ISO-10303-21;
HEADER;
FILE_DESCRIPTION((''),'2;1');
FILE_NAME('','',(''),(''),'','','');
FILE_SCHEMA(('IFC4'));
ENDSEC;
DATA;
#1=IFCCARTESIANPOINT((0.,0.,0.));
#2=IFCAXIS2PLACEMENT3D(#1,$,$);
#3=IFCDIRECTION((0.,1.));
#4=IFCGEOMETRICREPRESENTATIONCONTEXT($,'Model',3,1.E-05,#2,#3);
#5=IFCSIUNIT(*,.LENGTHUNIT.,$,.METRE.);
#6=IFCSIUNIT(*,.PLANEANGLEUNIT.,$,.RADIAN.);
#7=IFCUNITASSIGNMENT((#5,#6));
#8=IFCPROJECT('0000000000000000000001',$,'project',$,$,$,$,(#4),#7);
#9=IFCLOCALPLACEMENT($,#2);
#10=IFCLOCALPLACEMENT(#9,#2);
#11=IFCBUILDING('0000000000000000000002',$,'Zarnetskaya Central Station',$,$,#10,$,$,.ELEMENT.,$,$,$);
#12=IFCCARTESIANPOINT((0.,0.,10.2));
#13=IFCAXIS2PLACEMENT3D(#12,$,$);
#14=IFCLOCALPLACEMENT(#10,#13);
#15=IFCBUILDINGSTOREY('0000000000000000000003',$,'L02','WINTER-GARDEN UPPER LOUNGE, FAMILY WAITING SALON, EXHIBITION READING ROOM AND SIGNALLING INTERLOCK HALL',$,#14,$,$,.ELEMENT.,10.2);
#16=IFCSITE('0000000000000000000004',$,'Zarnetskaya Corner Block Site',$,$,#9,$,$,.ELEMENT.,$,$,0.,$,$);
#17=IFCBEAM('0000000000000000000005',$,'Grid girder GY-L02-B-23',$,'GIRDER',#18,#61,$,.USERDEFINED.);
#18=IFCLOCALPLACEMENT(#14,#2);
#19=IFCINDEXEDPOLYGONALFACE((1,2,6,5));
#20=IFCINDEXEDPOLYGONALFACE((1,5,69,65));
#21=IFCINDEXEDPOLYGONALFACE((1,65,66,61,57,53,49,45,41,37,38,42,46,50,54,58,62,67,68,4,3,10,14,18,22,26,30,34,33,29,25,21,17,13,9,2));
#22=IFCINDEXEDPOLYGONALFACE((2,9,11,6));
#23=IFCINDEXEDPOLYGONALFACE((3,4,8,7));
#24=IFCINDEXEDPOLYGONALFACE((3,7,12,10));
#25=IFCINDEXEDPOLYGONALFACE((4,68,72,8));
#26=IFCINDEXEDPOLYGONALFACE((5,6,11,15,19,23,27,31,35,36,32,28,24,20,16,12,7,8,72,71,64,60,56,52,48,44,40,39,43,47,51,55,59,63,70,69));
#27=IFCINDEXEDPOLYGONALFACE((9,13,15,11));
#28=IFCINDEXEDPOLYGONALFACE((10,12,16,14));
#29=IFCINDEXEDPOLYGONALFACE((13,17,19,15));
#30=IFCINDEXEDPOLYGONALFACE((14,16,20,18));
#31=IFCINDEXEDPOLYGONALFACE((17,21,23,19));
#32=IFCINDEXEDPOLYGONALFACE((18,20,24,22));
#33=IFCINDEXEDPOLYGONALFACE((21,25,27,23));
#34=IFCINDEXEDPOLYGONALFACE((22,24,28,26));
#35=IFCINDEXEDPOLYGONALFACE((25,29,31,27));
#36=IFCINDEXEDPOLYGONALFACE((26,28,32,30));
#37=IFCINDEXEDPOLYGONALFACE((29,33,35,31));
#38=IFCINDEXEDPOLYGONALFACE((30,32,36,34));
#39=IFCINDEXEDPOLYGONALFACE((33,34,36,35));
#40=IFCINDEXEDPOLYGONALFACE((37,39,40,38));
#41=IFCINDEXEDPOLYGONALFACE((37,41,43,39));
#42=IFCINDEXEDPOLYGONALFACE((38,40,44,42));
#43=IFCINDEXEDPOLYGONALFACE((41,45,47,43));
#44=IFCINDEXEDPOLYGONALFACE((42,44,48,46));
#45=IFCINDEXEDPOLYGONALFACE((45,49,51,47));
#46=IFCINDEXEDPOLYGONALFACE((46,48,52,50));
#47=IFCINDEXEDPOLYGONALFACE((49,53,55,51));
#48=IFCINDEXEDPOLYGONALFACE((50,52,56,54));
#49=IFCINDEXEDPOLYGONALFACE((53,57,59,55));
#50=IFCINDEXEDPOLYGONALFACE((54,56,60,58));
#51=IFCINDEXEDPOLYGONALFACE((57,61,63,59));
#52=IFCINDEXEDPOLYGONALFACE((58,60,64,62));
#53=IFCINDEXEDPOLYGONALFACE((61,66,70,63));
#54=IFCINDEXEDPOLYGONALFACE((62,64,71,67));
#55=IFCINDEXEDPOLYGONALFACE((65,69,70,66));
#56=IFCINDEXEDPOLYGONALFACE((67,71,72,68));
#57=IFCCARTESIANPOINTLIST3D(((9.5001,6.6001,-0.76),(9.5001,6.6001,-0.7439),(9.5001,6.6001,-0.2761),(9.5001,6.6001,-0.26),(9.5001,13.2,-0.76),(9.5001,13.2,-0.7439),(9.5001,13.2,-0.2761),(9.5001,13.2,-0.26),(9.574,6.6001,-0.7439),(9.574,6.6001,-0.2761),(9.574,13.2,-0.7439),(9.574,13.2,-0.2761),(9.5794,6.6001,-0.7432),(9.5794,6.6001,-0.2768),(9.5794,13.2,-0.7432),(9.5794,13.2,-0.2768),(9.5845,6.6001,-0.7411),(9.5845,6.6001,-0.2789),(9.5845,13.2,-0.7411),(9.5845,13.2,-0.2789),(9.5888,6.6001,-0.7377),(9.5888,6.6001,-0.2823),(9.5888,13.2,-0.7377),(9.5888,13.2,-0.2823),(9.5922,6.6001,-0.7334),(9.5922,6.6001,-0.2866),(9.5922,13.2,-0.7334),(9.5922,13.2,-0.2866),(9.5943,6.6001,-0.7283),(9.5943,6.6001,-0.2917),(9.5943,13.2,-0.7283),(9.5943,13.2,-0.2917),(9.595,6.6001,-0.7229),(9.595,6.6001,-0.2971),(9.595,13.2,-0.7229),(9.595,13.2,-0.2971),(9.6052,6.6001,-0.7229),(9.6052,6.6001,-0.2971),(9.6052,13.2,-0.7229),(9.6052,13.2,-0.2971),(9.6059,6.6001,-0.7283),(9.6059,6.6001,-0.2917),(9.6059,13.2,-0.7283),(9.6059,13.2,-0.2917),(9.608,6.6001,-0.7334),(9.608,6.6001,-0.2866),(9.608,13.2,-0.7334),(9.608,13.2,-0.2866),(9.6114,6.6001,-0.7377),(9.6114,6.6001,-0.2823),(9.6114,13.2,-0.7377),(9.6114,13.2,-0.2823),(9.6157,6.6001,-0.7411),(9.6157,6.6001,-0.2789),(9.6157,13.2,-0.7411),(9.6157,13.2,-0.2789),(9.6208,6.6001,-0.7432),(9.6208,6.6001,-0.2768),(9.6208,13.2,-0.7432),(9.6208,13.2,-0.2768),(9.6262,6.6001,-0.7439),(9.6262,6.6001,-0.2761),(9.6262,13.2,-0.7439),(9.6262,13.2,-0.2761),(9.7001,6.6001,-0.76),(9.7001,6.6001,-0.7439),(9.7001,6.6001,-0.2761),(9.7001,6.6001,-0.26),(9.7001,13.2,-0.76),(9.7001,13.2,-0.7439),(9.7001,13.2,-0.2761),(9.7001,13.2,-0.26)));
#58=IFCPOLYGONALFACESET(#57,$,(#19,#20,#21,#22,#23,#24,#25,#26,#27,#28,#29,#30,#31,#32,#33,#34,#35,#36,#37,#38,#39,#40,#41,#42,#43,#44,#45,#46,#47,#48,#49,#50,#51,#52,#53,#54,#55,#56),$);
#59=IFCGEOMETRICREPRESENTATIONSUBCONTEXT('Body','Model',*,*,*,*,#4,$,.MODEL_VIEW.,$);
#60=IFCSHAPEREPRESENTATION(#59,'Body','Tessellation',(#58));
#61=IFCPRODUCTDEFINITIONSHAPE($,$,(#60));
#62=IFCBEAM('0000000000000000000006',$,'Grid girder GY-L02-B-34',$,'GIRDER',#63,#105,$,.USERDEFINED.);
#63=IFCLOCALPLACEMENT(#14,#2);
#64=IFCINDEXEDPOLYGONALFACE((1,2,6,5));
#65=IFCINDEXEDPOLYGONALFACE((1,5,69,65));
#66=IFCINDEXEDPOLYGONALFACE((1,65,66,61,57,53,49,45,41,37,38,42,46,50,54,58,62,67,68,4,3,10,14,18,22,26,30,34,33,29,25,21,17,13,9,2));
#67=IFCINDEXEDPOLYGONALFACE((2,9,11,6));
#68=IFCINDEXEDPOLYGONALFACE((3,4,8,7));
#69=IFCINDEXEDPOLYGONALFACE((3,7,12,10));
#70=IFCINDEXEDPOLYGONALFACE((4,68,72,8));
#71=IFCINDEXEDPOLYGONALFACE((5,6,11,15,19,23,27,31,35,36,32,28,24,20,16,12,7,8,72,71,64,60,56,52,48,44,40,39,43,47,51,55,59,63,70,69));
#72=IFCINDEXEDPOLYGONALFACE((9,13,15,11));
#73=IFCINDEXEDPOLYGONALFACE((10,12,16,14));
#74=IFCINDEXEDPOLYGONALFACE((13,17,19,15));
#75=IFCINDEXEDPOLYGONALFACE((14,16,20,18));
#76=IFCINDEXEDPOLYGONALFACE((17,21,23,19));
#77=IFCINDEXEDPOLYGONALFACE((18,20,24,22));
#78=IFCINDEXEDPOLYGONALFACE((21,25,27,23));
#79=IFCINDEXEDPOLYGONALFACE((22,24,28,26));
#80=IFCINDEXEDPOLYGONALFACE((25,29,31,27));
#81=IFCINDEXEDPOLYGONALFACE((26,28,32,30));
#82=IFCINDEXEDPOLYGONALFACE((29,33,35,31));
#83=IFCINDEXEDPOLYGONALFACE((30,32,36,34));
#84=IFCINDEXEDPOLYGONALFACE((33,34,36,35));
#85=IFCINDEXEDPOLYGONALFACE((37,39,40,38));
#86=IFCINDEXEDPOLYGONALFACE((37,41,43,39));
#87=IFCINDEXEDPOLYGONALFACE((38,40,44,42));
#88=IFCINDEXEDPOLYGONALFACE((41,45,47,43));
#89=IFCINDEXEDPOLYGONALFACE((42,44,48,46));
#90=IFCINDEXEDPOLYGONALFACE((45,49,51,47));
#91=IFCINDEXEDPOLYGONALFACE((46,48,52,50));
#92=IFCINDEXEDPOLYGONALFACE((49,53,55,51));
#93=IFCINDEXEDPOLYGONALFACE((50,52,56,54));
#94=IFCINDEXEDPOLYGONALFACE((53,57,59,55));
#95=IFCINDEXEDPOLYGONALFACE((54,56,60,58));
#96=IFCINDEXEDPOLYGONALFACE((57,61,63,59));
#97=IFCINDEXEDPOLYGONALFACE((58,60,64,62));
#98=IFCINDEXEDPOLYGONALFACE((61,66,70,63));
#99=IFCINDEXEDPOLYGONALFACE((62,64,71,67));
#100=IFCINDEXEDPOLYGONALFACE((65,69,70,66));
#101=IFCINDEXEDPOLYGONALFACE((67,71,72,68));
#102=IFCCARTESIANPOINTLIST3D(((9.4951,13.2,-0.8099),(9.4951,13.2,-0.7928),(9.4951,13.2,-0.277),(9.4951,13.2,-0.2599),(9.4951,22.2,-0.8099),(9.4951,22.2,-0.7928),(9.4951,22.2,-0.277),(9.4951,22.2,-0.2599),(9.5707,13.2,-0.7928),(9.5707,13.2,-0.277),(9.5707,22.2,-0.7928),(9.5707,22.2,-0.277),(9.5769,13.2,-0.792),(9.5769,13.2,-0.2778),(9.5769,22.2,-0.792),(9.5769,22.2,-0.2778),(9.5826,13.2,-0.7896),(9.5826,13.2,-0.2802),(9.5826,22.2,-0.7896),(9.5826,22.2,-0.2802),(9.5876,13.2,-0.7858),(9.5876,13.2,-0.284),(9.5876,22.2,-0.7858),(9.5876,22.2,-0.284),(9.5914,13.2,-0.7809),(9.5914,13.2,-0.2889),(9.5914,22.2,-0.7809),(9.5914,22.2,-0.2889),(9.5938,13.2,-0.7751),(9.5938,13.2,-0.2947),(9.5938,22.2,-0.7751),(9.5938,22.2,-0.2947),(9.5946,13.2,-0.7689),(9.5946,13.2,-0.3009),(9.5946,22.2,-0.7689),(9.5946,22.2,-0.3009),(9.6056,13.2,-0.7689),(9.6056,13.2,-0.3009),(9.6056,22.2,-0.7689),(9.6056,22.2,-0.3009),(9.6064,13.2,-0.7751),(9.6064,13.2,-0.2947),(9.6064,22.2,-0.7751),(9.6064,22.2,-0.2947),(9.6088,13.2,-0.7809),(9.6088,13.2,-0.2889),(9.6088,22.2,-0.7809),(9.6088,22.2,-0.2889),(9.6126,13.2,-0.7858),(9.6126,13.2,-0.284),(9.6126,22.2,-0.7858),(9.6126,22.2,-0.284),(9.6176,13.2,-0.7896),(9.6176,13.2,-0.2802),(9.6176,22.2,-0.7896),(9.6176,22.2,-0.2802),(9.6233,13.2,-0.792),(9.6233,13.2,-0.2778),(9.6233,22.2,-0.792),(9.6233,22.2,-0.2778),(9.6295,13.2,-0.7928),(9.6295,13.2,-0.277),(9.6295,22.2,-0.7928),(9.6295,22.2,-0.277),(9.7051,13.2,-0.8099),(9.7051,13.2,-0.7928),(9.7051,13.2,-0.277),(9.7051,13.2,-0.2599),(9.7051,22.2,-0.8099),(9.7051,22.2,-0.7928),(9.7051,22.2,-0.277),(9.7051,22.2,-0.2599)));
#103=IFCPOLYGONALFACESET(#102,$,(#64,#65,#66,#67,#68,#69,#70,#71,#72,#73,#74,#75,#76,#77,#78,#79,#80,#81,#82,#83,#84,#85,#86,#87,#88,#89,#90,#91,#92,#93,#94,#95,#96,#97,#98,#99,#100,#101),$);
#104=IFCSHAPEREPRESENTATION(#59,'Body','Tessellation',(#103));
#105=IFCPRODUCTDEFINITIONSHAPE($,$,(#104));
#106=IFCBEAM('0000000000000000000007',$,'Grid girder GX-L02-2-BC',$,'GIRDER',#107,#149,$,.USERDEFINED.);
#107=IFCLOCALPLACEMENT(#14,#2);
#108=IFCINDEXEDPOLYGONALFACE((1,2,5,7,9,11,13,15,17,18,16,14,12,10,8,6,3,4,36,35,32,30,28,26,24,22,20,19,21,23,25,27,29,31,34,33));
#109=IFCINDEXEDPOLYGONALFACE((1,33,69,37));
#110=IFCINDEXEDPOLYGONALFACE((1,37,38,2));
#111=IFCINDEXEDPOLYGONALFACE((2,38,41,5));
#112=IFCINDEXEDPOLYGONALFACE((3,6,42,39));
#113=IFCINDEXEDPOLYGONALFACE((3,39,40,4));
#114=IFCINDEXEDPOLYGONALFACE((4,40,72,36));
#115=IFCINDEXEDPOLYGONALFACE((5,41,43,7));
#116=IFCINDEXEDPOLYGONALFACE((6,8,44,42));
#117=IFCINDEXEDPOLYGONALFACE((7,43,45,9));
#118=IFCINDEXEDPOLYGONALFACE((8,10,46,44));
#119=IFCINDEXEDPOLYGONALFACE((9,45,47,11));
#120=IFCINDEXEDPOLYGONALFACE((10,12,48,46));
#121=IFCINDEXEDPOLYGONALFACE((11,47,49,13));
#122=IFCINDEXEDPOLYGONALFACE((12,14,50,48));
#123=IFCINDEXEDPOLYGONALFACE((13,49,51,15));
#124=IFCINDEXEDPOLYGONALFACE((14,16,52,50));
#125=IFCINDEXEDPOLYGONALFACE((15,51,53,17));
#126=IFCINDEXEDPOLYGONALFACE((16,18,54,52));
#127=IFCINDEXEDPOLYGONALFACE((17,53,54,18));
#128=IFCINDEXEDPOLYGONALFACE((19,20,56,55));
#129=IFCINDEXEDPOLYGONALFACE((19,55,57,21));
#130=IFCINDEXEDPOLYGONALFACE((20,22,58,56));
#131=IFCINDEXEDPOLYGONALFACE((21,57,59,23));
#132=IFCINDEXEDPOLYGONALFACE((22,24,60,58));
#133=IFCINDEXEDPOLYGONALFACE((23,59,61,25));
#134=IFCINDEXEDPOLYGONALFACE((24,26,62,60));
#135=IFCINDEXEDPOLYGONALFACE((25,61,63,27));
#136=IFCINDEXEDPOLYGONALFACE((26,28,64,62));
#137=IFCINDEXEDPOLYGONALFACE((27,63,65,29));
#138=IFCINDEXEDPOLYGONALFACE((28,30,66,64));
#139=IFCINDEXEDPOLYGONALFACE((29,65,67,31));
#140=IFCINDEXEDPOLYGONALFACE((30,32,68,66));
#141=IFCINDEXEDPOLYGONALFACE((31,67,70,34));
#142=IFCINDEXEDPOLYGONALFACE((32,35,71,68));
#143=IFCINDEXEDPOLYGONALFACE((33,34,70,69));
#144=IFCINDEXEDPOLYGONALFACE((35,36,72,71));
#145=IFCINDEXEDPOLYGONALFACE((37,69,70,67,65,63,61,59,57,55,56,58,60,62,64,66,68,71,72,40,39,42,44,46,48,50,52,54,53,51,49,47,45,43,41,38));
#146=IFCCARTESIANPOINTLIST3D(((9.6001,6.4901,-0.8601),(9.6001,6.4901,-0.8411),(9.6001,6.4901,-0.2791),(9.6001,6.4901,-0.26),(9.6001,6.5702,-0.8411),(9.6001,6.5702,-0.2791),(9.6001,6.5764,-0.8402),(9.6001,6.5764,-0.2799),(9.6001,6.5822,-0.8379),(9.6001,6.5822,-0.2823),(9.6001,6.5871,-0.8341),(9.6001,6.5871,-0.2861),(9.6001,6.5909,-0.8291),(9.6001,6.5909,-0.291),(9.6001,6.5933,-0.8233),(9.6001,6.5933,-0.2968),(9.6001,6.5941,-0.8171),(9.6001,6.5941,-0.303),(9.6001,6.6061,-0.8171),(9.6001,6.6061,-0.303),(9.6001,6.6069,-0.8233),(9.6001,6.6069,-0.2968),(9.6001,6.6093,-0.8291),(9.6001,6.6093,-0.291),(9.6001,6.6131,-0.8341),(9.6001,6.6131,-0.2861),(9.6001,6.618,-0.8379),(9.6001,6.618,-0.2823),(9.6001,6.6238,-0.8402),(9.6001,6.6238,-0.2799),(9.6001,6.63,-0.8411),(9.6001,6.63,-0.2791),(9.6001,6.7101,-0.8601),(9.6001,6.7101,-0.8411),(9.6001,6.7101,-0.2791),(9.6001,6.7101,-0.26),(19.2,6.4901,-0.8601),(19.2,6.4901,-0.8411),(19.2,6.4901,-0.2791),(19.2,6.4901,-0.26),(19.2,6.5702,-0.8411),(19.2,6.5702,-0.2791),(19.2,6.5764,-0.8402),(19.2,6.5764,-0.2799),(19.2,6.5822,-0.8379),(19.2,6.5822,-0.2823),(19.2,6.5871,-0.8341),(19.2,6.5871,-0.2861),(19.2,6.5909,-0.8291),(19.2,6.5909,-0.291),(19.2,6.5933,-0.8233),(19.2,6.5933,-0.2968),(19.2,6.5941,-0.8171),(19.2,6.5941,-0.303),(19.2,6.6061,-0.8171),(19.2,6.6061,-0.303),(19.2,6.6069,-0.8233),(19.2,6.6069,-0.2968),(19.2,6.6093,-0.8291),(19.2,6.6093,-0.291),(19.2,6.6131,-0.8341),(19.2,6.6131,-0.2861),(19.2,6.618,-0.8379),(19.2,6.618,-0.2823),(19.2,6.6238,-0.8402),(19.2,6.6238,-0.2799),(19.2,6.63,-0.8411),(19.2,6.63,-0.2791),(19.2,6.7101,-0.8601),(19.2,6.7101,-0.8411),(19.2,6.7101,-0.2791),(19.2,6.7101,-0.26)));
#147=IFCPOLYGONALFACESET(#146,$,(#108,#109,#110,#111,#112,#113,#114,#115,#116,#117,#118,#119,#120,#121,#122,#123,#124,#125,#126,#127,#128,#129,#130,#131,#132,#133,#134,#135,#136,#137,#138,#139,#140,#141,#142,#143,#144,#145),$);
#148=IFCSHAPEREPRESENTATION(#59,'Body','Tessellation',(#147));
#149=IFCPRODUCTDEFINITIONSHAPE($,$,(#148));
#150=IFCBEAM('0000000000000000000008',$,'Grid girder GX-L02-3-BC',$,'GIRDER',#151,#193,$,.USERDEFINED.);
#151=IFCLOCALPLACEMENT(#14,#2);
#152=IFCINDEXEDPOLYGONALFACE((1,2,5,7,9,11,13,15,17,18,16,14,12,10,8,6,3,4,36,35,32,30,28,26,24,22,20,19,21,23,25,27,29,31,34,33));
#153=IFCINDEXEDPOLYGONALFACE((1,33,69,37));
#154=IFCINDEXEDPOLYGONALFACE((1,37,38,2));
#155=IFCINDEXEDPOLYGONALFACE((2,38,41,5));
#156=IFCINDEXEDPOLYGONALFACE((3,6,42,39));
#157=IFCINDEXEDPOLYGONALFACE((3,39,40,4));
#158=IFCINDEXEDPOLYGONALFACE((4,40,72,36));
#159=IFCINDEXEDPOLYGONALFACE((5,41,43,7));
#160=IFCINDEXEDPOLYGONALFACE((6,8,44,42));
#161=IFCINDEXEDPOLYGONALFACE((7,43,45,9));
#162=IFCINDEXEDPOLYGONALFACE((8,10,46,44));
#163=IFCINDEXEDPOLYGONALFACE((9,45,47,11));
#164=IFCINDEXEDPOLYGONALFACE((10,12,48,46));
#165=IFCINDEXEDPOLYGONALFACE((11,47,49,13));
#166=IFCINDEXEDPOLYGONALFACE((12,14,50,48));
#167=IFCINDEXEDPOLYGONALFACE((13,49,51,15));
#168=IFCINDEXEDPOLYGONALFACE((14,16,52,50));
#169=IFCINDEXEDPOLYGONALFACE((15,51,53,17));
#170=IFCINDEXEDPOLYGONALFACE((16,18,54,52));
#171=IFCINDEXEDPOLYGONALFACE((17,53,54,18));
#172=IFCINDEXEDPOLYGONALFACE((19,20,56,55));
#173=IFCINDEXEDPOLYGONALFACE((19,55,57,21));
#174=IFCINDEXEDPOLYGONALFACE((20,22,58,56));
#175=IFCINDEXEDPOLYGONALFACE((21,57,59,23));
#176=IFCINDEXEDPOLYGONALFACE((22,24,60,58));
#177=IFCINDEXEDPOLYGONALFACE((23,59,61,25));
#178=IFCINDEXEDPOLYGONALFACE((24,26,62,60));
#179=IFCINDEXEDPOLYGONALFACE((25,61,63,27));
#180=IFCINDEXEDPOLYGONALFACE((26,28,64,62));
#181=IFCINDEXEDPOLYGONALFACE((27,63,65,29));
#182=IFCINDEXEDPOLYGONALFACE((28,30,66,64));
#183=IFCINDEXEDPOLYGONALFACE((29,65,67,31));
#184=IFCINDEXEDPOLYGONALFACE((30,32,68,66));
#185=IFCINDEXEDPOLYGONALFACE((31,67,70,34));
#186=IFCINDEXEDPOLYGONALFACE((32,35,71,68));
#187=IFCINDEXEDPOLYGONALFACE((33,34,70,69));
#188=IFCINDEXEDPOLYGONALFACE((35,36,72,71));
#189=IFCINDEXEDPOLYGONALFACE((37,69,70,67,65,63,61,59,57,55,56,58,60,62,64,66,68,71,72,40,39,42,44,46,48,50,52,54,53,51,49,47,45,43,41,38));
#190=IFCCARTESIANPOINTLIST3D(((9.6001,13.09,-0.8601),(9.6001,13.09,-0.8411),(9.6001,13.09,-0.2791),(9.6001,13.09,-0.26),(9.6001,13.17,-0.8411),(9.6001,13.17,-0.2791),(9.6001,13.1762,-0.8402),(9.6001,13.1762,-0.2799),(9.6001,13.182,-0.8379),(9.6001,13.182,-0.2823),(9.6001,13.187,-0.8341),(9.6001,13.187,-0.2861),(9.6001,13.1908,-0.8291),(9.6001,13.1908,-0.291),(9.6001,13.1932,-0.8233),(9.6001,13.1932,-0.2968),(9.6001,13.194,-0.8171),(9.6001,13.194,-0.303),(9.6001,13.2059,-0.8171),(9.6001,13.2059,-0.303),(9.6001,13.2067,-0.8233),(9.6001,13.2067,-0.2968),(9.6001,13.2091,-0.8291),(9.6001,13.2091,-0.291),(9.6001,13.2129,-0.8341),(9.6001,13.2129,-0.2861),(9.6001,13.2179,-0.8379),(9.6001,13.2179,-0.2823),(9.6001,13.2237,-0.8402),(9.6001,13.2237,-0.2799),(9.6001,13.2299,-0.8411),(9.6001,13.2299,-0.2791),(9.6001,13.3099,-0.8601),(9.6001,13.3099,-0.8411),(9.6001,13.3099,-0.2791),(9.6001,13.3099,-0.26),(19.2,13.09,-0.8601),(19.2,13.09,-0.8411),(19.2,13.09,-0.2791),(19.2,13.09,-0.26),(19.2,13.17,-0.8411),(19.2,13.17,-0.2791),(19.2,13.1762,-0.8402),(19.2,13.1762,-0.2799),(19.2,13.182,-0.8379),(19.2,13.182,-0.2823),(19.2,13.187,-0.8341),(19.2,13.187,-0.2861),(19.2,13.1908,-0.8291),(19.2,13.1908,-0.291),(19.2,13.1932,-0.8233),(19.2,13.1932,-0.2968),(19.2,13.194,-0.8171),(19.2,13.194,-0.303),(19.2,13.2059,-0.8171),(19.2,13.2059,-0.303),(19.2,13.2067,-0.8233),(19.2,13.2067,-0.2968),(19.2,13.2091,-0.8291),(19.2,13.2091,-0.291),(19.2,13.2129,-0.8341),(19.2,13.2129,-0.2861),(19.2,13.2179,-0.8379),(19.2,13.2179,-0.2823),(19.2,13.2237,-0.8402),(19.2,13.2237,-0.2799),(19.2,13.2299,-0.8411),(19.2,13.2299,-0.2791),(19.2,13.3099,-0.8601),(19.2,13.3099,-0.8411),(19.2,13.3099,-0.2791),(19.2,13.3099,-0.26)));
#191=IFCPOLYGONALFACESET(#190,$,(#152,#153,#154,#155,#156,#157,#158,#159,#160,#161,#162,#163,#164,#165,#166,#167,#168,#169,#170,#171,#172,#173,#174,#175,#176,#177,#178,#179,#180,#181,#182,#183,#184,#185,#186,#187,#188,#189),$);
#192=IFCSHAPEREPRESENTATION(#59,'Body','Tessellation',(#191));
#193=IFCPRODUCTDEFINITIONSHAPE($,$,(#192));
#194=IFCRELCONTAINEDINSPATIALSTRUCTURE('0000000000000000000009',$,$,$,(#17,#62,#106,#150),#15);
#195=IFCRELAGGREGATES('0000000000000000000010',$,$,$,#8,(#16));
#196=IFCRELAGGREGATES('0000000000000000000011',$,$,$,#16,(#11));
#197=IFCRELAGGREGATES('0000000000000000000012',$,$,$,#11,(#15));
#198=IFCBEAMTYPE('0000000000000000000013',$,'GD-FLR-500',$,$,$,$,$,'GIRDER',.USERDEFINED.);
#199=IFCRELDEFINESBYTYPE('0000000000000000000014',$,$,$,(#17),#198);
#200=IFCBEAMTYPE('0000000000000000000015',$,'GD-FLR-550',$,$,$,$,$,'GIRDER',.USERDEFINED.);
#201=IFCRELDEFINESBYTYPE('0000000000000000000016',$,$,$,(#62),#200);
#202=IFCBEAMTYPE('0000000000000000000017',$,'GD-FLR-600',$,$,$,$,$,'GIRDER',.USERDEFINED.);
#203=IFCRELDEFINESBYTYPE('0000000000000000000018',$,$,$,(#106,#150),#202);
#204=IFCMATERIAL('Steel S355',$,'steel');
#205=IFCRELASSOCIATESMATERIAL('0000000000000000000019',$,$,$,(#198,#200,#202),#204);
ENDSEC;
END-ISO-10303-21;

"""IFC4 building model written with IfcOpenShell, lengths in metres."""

from ifc_helpers import new_model, si_unit, direction, frame, origin, origin_2d, place, context, subcontext, project, spatial, i_section, extrude, material, material_profile, profile_set, type_object, element, save


model = new_model("IFC4")

# Units and contexts
model_context = context("Model", 3, precision=1e-05, world=origin(), true_north=direction((0.0, 1.0)))
body_context = subcontext(model_context, "Body", "Model", "MODEL_VIEW")
ifc_project = project(units=[si_unit("LENGTHUNIT", "METRE"), si_unit("PLANEANGLEUNIT", "RADIAN")], contexts=[model_context])

# Site, building, storey
site_placement = place(None, origin())
site = spatial("IfcSite", under=ifc_project, at=site_placement, Name="Zarnetskaya Corner Block Site", CompositionType="ELEMENT", RefElevation=0.0)
building_placement = place(site_placement, origin())
building = spatial("IfcBuilding", under=site, at=building_placement, Name="Zarnetskaya Central Station", CompositionType="ELEMENT")
storey_placement = place(building_placement, frame((0.0, 0.0, 10.2)))
storey = spatial("IfcBuildingStorey", under=building, at=storey_placement, Name="L02", Description="WINTER-GARDEN UPPER LOUNGE, FAMILY WAITING SALON, EXHIBITION READING ROOM AND SIGNALLING INTERLOCK HALL", CompositionType="ELEMENT", Elevation=10.2)

# Shared definitions
ifc_material_1 = material(Name="Steel S355", Category="steel")

# Beams
ifc_material_profile_1 = material_profile(ifc_material_1, i_section(OverallWidth=0.2, OverallDepth=0.5, WebThickness=0.0103, FlangeThickness=0.0161, FilletRadius=0.021, at=origin_2d()), Name="IPE 500")
ifc_profile_set_1 = profile_set([ifc_material_profile_1], Name="Steel S355")
beam_type_1 = type_object("IfcBeamType", Name="GD-FLR-500", ElementType="GIRDER", PredefinedType="USERDEFINED", material=ifc_profile_set_1)
beam_1_placement = place(storey_placement, frame((9.6001, 6.6001, -0.51), z_axis=(0.0, 1.0, 0.0), x_axis=(-1.0, 0.0, 0.0)))
element("IfcBeam", 1, at=beam_1_placement, inside=storey, type_object=beam_type_1, Name="Grid girder GY-L02-B-23", ObjectType="GIRDER", PredefinedType="USERDEFINED", context=body_context, shape_type="SweptSolid", body=[
    extrude(i_section(OverallWidth=0.2, OverallDepth=0.5, WebThickness=0.0103, FlangeThickness=0.0161, FilletRadius=0.021, at=origin_2d()), origin(), (0.0, 0.0, 1.0), 6.5999),
])
ifc_material_profile_2 = material_profile(ifc_material_1, i_section(OverallWidth=0.21, OverallDepth=0.55, WebThickness=0.011, FlangeThickness=0.0171, FilletRadius=0.0239, at=origin_2d()), Name="IPE 550")
ifc_profile_set_2 = profile_set([ifc_material_profile_2], Name="Steel S355")
beam_type_2 = type_object("IfcBeamType", Name="GD-FLR-550", ElementType="GIRDER", PredefinedType="USERDEFINED", material=ifc_profile_set_2)
beam_2_placement = place(storey_placement, frame((9.6001, 13.2, -0.5349), z_axis=(0.0, 1.0, 0.0), x_axis=(-1.0, 0.0, 0.0)))
element("IfcBeam", 2, at=beam_2_placement, inside=storey, type_object=beam_type_2, Name="Grid girder GY-L02-B-34", ObjectType="GIRDER", PredefinedType="USERDEFINED", context=body_context, shape_type="SweptSolid", body=[
    extrude(i_section(OverallWidth=0.21, OverallDepth=0.55, WebThickness=0.011, FlangeThickness=0.0171, FilletRadius=0.0239, at=origin_2d()), origin(), (0.0, 0.0, 1.0), 9.0),
])
ifc_material_profile_3 = material_profile(ifc_material_1, i_section(OverallWidth=0.22, OverallDepth=0.6001, WebThickness=0.012, FlangeThickness=0.019, FilletRadius=0.0239, at=origin_2d()), Name="IPE 600")
ifc_profile_set_3 = profile_set([ifc_material_profile_3], Name="Steel S355")
beam_type_3 = type_object("IfcBeamType", Name="GD-FLR-600", ElementType="GIRDER", PredefinedType="USERDEFINED", material=ifc_profile_set_3)
for number, where, z_axis, x_axis, name in (
    (3, (9.6001, 6.6001, -0.5601), (1.0, 0.0, 0.0), (0.0, 1.0, 0.0), "Grid girder GX-L02-2-BC"),
    (4, (9.6001, 13.2, -0.5601), (1.0, 0.0, 0.0), (0.0, 1.0, 0.0), "Grid girder GX-L02-3-BC"),
):
    element("IfcBeam", number, at=place(storey_placement, frame(where, z_axis=z_axis, x_axis=x_axis)), inside=storey, type_object=beam_type_3, Name=name, ObjectType="GIRDER", PredefinedType="USERDEFINED", context=body_context, shape_type="SweptSolid", body=[
        extrude(i_section(OverallWidth=0.22, OverallDepth=0.6001, WebThickness=0.012, FlangeThickness=0.019, FilletRadius=0.0239, at=origin_2d()), origin(), (0.0, 0.0, 1.0), 9.5999),
    ])

save(model, "model.ifc")
